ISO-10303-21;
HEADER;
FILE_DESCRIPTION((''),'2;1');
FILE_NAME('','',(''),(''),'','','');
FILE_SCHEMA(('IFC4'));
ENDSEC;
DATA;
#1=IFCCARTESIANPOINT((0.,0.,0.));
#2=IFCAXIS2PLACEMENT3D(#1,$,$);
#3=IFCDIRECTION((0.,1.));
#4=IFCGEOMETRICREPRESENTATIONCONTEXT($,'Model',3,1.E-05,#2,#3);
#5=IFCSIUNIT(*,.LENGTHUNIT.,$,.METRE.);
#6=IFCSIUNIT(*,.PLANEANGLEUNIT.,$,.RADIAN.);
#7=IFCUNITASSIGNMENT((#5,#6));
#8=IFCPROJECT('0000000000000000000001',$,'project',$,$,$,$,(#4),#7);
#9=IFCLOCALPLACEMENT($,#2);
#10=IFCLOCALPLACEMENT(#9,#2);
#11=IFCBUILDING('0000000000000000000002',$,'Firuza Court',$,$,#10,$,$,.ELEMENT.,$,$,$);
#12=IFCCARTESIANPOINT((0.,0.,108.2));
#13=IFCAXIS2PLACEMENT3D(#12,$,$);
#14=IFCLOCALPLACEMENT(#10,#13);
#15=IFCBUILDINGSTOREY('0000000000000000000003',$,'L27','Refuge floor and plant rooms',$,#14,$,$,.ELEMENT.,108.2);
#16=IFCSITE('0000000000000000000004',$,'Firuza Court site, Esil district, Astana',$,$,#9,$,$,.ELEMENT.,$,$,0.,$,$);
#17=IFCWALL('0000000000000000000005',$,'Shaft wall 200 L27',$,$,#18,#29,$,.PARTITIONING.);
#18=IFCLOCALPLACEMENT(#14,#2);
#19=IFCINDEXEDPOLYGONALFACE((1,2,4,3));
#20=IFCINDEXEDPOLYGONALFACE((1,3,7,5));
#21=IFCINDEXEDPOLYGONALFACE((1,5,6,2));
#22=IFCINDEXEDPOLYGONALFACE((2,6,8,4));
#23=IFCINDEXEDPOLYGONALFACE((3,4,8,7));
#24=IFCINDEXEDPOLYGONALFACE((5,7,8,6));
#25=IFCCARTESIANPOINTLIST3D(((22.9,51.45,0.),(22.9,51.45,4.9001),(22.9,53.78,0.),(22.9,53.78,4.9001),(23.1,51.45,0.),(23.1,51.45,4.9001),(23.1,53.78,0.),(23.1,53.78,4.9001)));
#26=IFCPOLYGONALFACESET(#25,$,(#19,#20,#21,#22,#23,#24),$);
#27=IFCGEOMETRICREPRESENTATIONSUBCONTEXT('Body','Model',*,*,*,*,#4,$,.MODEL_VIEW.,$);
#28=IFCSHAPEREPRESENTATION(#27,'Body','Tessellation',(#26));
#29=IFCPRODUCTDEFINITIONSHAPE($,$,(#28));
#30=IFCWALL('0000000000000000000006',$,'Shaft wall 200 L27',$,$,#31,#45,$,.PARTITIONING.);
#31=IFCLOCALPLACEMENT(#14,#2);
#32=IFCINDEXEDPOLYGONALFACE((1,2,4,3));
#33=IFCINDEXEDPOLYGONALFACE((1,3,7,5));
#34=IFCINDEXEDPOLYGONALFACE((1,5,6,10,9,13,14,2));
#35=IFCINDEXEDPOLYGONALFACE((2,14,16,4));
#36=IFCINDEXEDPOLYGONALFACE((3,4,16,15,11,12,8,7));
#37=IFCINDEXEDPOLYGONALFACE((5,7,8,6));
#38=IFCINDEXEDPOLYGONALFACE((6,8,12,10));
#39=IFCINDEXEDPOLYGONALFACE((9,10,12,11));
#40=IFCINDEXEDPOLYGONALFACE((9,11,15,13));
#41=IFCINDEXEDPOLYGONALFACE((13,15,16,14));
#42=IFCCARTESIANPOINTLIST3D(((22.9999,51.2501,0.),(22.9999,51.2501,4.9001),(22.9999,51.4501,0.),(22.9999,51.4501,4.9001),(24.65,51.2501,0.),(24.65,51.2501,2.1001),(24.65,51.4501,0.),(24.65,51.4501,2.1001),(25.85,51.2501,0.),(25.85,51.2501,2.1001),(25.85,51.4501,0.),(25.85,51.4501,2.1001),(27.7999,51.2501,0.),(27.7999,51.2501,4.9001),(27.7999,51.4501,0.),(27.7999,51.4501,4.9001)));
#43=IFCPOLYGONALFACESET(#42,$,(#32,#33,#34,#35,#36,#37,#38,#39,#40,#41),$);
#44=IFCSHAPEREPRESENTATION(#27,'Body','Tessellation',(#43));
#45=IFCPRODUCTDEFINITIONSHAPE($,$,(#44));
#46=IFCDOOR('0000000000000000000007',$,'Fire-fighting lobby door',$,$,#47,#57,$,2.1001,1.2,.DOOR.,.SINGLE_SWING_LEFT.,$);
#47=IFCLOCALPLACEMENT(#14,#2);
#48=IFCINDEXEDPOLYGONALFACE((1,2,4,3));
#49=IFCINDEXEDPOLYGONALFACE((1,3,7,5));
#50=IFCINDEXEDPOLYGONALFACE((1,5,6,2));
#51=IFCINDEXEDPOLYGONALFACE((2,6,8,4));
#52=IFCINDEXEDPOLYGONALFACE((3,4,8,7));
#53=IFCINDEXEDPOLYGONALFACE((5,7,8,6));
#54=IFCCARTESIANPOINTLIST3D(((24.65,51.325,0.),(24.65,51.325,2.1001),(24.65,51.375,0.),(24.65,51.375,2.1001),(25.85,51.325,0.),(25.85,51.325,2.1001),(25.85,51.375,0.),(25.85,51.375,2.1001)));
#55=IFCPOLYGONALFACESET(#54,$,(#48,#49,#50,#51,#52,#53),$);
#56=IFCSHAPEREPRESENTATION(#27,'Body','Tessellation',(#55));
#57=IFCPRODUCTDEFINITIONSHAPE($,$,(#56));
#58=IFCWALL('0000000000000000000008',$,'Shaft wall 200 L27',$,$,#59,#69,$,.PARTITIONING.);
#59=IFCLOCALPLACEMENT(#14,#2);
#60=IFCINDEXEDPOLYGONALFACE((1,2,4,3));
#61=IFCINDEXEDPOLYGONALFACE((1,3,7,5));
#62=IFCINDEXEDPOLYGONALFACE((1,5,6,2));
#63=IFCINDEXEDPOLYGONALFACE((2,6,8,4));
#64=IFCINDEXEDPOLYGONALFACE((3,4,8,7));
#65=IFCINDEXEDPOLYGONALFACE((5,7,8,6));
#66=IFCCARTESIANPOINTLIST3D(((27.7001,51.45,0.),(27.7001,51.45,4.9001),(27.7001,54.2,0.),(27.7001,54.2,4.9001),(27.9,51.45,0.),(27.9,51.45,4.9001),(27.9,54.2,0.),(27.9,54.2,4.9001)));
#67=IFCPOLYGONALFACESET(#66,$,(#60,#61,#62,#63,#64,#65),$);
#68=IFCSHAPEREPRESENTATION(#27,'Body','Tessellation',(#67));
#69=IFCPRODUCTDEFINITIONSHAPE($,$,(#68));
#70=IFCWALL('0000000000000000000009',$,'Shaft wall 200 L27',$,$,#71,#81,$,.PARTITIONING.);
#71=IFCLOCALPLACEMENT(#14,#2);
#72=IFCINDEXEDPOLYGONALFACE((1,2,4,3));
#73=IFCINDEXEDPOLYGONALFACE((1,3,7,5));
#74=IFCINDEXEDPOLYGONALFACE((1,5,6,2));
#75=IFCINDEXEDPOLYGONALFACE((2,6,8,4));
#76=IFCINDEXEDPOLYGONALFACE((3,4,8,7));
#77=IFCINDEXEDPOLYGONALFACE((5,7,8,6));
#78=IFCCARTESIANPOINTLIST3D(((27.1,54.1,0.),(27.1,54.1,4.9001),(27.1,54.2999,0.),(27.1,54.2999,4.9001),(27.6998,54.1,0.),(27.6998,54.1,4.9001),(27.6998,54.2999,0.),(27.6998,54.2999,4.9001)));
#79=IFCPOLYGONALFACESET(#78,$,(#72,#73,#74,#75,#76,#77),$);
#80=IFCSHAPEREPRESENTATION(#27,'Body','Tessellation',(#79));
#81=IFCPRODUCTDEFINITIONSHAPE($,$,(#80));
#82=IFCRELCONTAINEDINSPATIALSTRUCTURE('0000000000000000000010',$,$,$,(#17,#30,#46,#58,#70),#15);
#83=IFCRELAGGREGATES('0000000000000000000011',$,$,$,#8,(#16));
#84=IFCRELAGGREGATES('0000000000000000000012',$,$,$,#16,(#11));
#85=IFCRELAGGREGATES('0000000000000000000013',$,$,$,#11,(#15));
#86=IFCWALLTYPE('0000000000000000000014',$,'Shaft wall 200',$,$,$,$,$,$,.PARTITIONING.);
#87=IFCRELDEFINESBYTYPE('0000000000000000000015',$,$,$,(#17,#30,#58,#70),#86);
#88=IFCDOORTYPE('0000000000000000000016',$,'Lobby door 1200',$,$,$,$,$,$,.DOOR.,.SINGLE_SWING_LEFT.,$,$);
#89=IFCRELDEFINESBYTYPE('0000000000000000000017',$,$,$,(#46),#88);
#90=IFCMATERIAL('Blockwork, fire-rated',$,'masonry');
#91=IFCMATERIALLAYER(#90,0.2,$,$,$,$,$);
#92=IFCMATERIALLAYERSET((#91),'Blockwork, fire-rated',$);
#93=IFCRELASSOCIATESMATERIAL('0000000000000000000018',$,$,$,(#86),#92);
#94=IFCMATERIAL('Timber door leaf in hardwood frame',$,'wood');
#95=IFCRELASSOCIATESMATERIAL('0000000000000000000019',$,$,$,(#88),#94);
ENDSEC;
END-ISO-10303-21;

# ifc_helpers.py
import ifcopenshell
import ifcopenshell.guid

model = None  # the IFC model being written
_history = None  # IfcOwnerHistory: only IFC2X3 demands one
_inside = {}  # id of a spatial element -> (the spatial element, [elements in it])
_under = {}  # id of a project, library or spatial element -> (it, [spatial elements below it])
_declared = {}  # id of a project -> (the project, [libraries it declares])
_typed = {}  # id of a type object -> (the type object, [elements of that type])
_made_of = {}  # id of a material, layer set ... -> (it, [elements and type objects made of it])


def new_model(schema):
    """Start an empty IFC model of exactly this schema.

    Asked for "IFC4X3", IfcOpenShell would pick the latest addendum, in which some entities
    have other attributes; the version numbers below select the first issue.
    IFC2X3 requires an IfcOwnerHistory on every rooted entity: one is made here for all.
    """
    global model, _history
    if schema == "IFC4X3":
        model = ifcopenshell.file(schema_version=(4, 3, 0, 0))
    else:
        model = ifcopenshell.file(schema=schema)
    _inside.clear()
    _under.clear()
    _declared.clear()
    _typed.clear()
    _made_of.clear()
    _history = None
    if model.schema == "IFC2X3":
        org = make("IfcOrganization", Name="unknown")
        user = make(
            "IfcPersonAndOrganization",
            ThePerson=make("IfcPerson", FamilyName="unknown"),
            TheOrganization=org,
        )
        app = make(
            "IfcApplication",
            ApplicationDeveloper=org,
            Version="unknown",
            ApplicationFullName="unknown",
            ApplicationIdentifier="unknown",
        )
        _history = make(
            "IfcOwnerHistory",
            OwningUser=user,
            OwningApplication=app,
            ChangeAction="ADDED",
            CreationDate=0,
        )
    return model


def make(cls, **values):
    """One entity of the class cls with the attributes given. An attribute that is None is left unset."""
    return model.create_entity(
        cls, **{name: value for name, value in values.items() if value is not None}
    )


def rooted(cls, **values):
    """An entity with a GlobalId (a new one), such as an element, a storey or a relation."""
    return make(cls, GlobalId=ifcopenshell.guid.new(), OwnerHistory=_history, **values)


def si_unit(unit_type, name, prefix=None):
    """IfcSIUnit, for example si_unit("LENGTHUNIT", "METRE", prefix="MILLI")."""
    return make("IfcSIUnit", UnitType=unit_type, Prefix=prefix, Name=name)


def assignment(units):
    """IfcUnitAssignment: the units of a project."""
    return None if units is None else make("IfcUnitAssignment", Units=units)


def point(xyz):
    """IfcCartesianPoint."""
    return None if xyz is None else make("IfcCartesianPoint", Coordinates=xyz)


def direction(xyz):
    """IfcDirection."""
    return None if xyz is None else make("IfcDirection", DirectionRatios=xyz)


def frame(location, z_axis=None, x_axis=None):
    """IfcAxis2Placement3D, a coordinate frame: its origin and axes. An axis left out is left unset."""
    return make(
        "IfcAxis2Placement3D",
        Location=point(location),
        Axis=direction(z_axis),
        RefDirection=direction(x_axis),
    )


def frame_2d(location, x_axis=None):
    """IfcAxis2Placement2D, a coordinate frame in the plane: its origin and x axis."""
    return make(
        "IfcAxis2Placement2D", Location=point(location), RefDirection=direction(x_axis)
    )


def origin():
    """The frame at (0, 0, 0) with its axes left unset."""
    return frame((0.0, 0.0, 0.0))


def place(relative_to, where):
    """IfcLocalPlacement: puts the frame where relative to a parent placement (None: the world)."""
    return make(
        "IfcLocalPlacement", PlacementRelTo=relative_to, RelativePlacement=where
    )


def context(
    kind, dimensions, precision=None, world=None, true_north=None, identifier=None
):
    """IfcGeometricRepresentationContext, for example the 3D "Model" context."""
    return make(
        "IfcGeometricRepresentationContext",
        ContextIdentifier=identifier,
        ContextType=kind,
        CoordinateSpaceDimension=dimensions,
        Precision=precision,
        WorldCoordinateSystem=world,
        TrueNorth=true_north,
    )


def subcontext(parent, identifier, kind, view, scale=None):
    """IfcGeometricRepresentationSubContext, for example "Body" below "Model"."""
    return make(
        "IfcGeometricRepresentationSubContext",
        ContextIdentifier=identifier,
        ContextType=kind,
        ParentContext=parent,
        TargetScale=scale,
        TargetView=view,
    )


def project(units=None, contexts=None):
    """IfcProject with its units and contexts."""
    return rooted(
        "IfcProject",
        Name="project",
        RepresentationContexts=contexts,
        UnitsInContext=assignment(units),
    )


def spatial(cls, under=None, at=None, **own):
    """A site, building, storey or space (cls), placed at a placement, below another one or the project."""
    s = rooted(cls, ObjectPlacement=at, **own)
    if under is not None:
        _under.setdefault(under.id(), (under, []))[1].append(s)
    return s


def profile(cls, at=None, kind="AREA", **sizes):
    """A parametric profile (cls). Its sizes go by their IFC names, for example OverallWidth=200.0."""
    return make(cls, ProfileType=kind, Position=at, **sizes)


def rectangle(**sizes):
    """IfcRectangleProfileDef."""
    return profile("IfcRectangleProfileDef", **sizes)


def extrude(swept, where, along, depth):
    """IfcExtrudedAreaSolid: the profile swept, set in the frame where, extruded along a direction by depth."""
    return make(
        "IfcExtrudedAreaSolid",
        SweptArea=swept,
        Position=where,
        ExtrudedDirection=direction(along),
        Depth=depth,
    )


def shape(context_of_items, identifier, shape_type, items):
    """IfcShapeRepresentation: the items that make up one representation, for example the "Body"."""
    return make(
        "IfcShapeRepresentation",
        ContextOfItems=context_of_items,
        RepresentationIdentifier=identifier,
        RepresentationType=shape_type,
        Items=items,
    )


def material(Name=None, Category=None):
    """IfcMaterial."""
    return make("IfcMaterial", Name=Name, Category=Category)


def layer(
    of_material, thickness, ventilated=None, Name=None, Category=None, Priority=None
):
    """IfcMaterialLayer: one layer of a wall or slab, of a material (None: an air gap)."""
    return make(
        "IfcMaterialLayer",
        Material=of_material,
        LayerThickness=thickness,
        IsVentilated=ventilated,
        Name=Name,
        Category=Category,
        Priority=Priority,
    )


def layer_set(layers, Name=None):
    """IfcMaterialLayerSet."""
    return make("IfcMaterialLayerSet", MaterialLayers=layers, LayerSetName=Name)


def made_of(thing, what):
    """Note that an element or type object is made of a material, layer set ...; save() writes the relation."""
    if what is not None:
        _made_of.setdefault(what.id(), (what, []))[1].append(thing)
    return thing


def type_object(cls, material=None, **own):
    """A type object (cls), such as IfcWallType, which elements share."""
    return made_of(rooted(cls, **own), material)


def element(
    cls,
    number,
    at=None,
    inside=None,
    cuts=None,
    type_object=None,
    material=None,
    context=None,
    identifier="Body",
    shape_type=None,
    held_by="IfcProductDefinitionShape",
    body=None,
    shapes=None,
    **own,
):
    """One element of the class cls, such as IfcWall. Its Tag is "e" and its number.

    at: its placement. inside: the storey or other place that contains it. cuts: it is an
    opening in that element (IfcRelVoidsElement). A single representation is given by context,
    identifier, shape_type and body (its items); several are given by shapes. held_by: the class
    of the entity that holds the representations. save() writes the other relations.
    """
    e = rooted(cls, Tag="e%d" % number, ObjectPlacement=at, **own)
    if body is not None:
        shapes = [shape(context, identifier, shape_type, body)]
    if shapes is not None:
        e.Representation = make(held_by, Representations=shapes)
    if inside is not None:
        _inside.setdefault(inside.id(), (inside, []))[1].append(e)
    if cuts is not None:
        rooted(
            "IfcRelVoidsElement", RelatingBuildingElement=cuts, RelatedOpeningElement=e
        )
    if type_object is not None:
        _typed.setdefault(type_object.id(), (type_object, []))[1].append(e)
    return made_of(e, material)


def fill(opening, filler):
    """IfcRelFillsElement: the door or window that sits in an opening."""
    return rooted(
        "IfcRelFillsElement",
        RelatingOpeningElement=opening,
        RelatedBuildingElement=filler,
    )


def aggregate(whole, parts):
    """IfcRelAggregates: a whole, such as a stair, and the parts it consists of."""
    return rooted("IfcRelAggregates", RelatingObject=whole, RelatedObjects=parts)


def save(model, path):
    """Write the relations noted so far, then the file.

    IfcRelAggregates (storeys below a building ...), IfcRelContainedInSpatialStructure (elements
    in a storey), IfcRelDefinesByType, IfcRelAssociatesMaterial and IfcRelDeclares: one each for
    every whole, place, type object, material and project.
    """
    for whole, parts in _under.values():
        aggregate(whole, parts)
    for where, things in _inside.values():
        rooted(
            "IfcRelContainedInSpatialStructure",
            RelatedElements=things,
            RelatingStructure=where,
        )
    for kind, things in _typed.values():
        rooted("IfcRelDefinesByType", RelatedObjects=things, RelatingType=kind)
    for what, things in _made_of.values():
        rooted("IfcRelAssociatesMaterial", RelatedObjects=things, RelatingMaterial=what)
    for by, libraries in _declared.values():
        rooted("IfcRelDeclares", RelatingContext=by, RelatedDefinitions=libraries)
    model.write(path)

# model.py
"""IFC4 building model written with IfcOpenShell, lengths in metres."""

from ifc_helpers import new_model, si_unit, direction, frame, frame_2d, origin, place, context, subcontext, project, spatial, rectangle, extrude, material, layer, layer_set, type_object, element, fill, save


model = new_model("IFC4")

# Units and contexts
model_context = context("Model", 3, precision=1e-05, world=origin(), true_north=direction((0.0, 1.0)))
body_context = subcontext(model_context, "Body", "Model", "MODEL_VIEW")
ifc_project = project(units=[si_unit("LENGTHUNIT", "METRE"), si_unit("PLANEANGLEUNIT", "RADIAN")], contexts=[model_context])

# Site, building, storey
site_placement = place(None, origin())
site = spatial("IfcSite", under=ifc_project, at=site_placement, Name="Firuza Court site, Esil district, Astana", CompositionType="ELEMENT", RefElevation=0.0)
building_placement = place(site_placement, origin())
building = spatial("IfcBuilding", under=site, at=building_placement, Name="Firuza Court", CompositionType="ELEMENT")
storey_placement = place(building_placement, frame((0.0, 0.0, 108.2)))
storey = spatial("IfcBuildingStorey", under=building, at=storey_placement, Name="L27", Description="Refuge floor and plant rooms", CompositionType="ELEMENT", Elevation=108.2)

# Shared definitions
ifc_material_1 = material(Name="Blockwork, fire-rated", Category="masonry")

# Wall
ifc_layer_1 = layer(ifc_material_1, 0.2)
ifc_layer_set_1 = layer_set([ifc_layer_1], Name="Blockwork, fire-rated")
wall_type_1 = type_object("IfcWallType", Name="Shaft wall 200", PredefinedType="PARTITIONING", material=ifc_layer_set_1)
wall_1_placement = place(storey_placement, frame((23.0, 51.45, 0.0), z_axis=(0.0, 0.0, 1.0), x_axis=(0.0, 1.0, 0.0)))
element("IfcWall", 1, at=wall_1_placement, inside=storey, type_object=wall_type_1, Name="Shaft wall 200 L27", PredefinedType="PARTITIONING", context=body_context, shape_type="SweptSolid", body=[
    extrude(rectangle(XDim=2.3301, YDim=0.2, at=frame_2d((1.165, 0.0))), origin(), (0.0, 0.0, 1.0), 4.9001),
])

# Wall, opening, door
wall_2_placement = place(storey_placement, frame((23.0, 51.3501, 0.0), z_axis=(0.0, 0.0, 1.0), x_axis=(1.0, 0.0, 0.0)))
wall_2 = element("IfcWall", 2, at=wall_2_placement, inside=storey, type_object=wall_type_1, Name="Shaft wall 200 L27", PredefinedType="PARTITIONING", context=body_context, shape_type="SweptSolid", body=[
    extrude(rectangle(XDim=4.8, YDim=0.2, at=frame_2d((2.3999, 0.0))), origin(), (0.0, 0.0, 1.0), 4.9001),
])
opening_1_placement = place(wall_2_placement, frame((1.6499, 0.0, 0.0)))
opening_1 = element("IfcOpeningElement", 3, at=opening_1_placement, cuts=wall_2, PredefinedType="OPENING", context=body_context, shape_type="SweptSolid", body=[
    extrude(rectangle(XDim=1.2, YDim=2.1001, at=frame_2d((0.6001, 1.05))), frame((0.0, 0.1118, 0.0), z_axis=(0.0, -1.0, 0.0), x_axis=(1.0, 0.0, 0.0)), (0.0, 0.0, 1.0), 0.2239),
])
ifc_material_2 = material(Name="Timber door leaf in hardwood frame", Category="wood")
door_type_1 = type_object("IfcDoorType", Name="Lobby door 1200", OperationType="SINGLE_SWING_LEFT", PredefinedType="DOOR", material=ifc_material_2)
door_1_placement = place(opening_1_placement, origin())
door_1 = element("IfcDoor", 4, at=door_1_placement, inside=storey, type_object=door_type_1, Name="Fire-fighting lobby door", OperationType="SINGLE_SWING_LEFT", OverallHeight=2.1001, OverallWidth=1.2, PredefinedType="DOOR", context=body_context, shape_type="SweptSolid", body=[
    extrude(rectangle(XDim=1.2, YDim=2.1001, at=frame_2d((0.6001, 1.05))), frame((0.0, 0.0249, 0.0), z_axis=(0.0, -1.0, 0.0), x_axis=(1.0, 0.0, 0.0)), (0.0, 0.0, 1.0), 0.05),
])
fill(opening_1, door_1)

# Walls
wall_3_placement = place(storey_placement, frame((27.8, 51.45, 0.0), z_axis=(0.0, 0.0, 1.0), x_axis=(0.0, 1.0, 0.0)))
element("IfcWall", 5, at=wall_3_placement, inside=storey, type_object=wall_type_1, Name="Shaft wall 200 L27", PredefinedType="PARTITIONING", context=body_context, shape_type="SweptSolid", body=[
    extrude(rectangle(XDim=2.75, YDim=0.2, at=frame_2d((1.375, 0.0))), origin(), (0.0, 0.0, 1.0), 4.9001),
])
wall_4_placement = place(storey_placement, frame((27.1001, 54.2, 0.0), z_axis=(0.0, 0.0, 1.0), x_axis=(1.0, 0.0, 0.0)))
element("IfcWall", 6, at=wall_4_placement, inside=storey, type_object=wall_type_1, Name="Shaft wall 200 L27", PredefinedType="PARTITIONING", context=body_context, shape_type="SweptSolid", body=[
    extrude(rectangle(XDim=0.5999, YDim=0.2, at=frame_2d((0.2998, 0.0))), origin(), (0.0, 0.0, 1.0), 4.9001),
])

save(model, "model.ifc")
